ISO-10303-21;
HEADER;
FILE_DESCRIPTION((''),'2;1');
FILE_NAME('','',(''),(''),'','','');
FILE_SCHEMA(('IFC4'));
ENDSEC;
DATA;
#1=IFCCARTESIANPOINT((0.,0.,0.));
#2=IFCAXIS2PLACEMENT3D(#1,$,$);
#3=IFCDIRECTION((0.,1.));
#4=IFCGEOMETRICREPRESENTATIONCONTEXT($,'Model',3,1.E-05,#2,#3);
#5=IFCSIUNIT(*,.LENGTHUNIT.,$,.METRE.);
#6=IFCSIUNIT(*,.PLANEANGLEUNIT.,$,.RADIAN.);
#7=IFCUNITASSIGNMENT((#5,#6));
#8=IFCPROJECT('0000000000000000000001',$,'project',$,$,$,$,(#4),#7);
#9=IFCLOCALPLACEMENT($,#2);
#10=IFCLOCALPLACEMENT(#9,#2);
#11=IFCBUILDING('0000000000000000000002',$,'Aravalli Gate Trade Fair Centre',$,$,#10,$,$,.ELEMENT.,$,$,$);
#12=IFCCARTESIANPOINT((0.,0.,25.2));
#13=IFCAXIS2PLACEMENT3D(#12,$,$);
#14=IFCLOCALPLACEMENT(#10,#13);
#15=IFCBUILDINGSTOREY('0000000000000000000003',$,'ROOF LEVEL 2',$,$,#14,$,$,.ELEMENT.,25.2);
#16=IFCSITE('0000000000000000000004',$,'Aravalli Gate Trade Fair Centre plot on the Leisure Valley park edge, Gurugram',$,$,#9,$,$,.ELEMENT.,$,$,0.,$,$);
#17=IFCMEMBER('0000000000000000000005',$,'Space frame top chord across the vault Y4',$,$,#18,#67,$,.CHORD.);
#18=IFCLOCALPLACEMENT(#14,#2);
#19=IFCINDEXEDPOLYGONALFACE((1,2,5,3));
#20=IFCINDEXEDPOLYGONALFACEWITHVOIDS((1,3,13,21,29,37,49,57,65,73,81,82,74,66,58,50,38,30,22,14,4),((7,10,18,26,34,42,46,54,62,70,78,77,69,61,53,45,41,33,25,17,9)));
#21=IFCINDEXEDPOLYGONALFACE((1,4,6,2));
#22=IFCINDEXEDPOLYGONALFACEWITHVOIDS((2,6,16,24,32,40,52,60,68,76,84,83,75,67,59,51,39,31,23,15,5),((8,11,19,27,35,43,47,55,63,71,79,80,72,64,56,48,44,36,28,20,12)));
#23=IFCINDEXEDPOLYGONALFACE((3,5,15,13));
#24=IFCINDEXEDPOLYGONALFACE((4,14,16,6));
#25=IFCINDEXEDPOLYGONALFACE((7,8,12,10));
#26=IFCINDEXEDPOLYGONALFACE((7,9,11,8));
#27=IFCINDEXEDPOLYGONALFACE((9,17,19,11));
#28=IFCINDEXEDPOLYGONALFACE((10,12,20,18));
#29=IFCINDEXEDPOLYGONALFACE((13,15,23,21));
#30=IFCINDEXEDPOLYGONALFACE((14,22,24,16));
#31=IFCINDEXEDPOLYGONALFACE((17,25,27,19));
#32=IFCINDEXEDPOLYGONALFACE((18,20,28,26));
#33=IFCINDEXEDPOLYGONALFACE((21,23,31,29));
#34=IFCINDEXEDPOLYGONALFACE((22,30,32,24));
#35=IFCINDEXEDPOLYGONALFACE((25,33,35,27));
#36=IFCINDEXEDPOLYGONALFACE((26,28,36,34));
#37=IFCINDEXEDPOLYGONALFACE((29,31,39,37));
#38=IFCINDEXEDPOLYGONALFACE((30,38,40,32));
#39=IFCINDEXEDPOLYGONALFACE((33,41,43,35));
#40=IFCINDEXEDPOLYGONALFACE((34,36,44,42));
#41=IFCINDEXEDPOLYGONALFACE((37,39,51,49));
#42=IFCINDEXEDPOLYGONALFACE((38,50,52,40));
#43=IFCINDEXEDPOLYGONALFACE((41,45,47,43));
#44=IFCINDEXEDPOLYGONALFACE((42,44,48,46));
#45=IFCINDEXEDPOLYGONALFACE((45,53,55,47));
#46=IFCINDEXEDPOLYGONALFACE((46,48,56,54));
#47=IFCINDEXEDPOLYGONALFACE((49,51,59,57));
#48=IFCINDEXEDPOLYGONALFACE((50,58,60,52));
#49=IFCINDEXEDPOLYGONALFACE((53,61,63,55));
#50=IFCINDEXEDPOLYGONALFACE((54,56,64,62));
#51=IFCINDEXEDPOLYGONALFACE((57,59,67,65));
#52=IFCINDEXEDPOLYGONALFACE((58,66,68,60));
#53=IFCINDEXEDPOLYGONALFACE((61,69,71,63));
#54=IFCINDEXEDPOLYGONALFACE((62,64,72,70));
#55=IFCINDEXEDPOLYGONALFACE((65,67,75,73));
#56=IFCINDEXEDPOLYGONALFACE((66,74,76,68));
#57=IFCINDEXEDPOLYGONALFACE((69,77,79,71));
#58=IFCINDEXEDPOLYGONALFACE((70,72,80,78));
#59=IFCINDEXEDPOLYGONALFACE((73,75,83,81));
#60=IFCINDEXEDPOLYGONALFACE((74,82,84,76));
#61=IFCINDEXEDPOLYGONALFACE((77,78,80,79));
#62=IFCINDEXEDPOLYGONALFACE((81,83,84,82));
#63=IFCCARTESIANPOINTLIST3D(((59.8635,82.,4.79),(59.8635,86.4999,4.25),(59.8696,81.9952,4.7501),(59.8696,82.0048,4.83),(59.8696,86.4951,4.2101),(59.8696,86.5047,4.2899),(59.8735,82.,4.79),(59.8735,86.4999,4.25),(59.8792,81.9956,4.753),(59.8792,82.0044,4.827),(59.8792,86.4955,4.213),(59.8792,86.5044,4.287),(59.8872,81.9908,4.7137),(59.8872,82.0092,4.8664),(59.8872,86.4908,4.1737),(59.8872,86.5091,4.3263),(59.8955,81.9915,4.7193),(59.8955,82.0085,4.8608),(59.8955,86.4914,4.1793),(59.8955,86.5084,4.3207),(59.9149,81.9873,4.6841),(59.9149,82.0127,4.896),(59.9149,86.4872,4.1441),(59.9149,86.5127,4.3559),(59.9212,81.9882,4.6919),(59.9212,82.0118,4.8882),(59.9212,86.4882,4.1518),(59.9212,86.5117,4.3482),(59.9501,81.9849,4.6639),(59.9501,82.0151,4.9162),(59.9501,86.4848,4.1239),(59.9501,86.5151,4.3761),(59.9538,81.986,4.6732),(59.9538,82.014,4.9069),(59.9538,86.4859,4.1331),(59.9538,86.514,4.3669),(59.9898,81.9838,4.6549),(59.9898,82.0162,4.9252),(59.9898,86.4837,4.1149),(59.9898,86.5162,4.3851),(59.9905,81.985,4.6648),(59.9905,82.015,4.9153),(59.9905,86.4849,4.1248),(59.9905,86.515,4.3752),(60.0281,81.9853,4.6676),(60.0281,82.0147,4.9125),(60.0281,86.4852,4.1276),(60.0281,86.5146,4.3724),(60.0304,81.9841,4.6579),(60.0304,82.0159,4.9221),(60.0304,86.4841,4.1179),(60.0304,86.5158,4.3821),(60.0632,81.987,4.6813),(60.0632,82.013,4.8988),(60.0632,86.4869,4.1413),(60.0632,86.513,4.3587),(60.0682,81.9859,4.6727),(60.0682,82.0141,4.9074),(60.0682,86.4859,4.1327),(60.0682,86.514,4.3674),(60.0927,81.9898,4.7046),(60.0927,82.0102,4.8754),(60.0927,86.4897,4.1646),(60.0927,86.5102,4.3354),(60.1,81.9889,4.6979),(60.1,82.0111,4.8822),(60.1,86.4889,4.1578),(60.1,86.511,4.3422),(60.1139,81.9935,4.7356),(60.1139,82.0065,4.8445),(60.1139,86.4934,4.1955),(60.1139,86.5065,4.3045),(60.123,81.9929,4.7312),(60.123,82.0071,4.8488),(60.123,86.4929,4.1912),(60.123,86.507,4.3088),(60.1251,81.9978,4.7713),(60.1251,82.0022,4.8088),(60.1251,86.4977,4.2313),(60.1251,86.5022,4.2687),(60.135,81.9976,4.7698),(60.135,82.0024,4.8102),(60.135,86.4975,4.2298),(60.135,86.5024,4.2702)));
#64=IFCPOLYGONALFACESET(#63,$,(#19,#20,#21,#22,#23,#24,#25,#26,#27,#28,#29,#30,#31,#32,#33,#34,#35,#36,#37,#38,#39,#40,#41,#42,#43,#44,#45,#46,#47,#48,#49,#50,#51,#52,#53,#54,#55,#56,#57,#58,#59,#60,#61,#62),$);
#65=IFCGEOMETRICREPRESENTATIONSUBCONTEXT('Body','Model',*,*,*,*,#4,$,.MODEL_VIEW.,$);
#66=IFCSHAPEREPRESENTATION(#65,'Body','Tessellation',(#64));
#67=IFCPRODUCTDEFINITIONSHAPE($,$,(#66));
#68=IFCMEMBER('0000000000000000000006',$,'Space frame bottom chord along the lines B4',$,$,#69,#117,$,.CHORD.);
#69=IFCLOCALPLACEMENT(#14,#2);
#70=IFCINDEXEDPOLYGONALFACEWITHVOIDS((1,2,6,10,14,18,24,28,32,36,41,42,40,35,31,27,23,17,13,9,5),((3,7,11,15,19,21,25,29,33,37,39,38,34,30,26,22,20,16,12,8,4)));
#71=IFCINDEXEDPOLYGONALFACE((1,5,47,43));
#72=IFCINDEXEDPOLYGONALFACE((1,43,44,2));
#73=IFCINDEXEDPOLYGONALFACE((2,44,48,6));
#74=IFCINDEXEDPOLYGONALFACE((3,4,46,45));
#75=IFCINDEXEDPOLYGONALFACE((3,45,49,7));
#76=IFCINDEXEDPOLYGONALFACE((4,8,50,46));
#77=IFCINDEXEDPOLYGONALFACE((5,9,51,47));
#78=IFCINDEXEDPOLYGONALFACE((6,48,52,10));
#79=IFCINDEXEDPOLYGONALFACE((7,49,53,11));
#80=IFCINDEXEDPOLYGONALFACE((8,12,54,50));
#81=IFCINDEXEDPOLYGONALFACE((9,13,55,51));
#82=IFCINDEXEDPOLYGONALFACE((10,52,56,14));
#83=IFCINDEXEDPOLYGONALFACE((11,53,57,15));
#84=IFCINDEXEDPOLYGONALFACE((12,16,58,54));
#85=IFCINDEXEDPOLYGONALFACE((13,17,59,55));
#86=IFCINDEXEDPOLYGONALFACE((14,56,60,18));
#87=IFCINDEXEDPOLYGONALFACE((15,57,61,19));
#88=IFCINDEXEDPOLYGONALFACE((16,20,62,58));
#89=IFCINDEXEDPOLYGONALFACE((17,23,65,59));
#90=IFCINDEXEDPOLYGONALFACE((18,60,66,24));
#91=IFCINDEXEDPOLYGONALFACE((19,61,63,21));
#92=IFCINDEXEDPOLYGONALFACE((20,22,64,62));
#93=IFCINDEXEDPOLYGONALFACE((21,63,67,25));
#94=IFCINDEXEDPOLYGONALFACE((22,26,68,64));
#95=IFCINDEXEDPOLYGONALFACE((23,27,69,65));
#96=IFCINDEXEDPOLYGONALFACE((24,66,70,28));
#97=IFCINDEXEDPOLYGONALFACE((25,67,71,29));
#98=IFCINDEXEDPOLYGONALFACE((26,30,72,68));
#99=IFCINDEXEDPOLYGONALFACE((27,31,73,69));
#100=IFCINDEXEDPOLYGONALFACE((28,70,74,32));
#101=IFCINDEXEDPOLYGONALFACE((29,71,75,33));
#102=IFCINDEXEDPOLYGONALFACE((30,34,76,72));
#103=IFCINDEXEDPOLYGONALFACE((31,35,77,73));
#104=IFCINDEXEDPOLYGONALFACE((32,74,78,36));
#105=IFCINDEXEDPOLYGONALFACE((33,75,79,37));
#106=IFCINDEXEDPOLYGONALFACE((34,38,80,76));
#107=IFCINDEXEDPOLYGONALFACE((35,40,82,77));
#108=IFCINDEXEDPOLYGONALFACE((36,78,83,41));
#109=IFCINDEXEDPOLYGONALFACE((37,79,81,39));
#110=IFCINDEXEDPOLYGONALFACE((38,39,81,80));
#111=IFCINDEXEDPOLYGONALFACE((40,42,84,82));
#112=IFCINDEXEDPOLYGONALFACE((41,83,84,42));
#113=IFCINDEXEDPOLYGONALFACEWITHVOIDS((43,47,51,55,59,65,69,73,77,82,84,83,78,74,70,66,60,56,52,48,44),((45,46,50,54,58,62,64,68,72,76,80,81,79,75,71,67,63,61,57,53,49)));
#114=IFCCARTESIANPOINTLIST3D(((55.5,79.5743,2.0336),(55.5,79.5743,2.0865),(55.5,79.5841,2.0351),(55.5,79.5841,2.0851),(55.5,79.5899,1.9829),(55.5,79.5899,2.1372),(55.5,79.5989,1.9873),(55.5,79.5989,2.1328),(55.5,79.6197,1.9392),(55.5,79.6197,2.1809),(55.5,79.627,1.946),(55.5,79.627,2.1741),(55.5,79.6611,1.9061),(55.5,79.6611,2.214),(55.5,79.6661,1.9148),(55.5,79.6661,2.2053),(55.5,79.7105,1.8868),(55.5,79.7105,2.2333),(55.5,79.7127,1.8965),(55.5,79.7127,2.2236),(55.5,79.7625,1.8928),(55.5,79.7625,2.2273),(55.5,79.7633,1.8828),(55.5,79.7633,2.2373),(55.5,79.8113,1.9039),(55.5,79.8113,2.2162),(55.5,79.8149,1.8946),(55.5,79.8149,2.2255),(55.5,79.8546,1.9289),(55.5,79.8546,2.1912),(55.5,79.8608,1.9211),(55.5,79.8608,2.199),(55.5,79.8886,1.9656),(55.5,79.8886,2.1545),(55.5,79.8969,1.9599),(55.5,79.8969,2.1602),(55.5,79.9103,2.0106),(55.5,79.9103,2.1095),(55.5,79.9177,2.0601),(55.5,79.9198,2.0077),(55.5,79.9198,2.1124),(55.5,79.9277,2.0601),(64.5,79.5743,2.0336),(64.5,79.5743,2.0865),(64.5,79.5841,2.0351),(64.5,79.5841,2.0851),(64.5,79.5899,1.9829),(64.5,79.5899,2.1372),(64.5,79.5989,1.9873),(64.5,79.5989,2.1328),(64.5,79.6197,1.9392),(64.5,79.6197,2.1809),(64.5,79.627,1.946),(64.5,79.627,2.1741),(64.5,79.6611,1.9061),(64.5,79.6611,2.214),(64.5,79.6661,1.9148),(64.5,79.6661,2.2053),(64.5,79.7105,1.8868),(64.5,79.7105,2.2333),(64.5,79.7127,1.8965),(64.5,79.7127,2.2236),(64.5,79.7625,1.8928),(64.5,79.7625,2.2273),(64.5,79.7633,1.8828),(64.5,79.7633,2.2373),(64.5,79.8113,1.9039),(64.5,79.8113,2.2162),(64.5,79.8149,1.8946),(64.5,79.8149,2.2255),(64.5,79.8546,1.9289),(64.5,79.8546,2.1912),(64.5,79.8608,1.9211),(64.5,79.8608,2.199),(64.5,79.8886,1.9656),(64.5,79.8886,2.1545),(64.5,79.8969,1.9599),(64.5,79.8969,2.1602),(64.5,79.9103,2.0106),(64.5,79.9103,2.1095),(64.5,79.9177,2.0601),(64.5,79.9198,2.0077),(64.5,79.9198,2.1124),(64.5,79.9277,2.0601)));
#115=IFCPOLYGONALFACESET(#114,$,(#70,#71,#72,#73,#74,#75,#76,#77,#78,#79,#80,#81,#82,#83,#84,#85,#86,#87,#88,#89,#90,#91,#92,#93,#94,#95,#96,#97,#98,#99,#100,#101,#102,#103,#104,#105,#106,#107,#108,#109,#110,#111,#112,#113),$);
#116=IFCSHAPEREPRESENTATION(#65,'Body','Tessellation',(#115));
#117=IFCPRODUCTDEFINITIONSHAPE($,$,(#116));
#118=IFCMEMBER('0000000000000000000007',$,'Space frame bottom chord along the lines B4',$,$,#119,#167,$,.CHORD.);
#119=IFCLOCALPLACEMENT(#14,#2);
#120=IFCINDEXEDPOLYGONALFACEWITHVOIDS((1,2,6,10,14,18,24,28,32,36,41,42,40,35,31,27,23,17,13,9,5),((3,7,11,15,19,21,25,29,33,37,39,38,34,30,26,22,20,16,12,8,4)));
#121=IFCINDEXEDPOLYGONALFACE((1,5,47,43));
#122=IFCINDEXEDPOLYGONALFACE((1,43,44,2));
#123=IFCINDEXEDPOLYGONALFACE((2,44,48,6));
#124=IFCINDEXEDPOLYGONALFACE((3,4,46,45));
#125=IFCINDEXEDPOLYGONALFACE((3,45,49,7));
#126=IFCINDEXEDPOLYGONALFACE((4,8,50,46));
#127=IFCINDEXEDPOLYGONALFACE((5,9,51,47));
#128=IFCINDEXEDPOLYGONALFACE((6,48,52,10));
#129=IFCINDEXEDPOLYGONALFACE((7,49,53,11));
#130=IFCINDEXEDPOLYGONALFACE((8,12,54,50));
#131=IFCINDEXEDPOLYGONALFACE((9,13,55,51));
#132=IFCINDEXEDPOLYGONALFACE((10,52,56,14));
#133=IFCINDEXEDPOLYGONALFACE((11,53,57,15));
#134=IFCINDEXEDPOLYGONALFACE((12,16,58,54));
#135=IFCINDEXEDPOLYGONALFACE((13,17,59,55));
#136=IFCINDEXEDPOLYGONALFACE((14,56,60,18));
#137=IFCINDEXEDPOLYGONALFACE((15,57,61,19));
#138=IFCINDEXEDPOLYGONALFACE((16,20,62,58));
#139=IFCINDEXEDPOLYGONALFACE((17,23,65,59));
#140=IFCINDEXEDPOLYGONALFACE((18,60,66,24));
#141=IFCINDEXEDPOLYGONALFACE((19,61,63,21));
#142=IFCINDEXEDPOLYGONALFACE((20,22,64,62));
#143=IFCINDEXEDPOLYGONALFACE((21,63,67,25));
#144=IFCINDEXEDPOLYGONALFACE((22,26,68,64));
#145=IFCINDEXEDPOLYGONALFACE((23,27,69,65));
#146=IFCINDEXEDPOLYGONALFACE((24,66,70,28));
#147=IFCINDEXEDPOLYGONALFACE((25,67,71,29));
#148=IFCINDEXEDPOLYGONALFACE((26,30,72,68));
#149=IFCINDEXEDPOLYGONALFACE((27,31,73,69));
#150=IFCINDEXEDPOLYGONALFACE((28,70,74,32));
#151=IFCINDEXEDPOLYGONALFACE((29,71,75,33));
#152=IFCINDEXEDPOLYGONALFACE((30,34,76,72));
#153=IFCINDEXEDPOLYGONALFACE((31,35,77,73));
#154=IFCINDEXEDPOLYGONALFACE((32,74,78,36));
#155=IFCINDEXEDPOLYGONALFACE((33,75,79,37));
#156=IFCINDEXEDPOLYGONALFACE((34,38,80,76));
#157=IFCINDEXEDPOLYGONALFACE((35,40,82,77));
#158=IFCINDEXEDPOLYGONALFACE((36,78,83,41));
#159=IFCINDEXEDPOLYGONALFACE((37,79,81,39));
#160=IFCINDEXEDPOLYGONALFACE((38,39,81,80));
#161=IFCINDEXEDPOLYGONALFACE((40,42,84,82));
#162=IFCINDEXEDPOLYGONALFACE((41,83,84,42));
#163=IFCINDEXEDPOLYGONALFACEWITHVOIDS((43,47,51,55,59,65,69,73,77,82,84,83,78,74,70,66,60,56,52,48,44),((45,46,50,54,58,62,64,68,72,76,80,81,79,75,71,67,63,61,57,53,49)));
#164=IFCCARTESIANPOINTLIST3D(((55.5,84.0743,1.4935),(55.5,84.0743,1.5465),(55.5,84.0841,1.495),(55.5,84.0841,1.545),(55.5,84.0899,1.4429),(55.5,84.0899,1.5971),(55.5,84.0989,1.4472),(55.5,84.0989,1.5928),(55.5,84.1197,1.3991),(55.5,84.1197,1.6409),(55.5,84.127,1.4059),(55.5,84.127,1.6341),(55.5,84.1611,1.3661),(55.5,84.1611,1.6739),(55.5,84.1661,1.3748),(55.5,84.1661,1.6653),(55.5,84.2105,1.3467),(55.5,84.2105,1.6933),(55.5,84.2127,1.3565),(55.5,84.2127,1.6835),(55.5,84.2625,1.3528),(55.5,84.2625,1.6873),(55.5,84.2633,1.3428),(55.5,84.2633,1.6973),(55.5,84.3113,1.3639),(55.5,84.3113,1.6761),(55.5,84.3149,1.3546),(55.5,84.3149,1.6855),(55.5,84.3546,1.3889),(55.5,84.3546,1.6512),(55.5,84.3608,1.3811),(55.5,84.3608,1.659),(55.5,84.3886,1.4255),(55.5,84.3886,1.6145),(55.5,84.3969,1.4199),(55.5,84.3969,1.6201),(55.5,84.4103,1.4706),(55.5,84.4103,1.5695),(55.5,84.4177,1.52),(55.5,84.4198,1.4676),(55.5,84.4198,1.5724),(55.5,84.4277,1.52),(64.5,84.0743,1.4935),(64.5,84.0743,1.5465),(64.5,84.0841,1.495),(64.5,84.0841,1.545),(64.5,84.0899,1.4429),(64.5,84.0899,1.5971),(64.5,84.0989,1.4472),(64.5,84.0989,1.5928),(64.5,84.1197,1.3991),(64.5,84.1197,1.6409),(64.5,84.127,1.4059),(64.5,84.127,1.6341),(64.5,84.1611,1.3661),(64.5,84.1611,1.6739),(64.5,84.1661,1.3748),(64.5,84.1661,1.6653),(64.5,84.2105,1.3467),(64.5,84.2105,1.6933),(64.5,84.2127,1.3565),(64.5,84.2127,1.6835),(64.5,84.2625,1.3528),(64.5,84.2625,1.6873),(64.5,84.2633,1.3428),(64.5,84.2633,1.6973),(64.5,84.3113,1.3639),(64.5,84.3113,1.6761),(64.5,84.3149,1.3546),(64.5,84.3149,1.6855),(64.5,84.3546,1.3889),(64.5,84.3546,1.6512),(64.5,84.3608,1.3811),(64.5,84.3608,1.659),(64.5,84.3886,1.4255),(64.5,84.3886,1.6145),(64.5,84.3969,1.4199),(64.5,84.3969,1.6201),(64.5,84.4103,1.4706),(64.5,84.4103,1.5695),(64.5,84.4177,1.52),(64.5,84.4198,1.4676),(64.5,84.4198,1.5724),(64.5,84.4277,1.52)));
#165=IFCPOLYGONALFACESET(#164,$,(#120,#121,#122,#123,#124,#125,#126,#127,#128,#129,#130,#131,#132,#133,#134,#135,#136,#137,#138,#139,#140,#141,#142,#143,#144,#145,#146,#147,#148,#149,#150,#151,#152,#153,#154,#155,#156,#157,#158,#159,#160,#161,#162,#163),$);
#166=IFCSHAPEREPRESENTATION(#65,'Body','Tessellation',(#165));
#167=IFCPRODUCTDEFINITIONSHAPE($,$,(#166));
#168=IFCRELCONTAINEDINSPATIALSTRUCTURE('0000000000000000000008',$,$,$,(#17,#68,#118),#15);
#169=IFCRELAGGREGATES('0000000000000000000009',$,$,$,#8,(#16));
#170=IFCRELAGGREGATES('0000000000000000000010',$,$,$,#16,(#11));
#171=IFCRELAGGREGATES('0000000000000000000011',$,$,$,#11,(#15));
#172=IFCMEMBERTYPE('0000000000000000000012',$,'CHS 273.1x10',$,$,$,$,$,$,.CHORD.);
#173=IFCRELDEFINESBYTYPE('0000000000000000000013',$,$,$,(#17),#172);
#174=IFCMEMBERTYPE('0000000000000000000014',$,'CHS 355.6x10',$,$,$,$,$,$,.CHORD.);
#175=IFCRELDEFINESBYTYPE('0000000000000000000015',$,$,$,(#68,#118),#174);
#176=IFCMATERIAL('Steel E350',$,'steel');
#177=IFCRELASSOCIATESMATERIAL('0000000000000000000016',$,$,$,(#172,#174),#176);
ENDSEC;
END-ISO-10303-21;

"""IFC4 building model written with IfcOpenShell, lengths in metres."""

from ifc_helpers import new_model, si_unit, direction, frame, origin, origin_2d, place, context, subcontext, project, spatial, hollow_circle, extrude, material, material_profile, profile_set, type_object, element, save


model = new_model("IFC4")

# Units and contexts
model_context = context("Model", 3, precision=1e-05, world=origin(), true_north=direction((0.0, 1.0)))
body_context = subcontext(model_context, "Body", "Model", "MODEL_VIEW")
ifc_project = project(units=[si_unit("LENGTHUNIT", "METRE"), si_unit("PLANEANGLEUNIT", "RADIAN")], contexts=[model_context])

# Site, building, storey
site_placement = place(None, origin())
site = spatial("IfcSite", under=ifc_project, at=site_placement, Name="Aravalli Gate Trade Fair Centre plot on the Leisure Valley park edge, Gurugram", CompositionType="ELEMENT", RefElevation=0.0)
building_placement = place(site_placement, origin())
building = spatial("IfcBuilding", under=site, at=building_placement, Name="Aravalli Gate Trade Fair Centre", CompositionType="ELEMENT")
storey_placement = place(building_placement, frame((0.0, 0.0, 25.2)))
storey = spatial("IfcBuildingStorey", under=building, at=storey_placement, Name="ROOF LEVEL 2", CompositionType="ELEMENT", Elevation=25.2)

# Members
ifc_material_1 = material(Name="Steel E350", Category="steel")
ifc_material_profile_1 = material_profile(ifc_material_1, hollow_circle(Radius=0.1365, WallThickness=0.01, at=origin_2d()), Name="CHS 273.1x10")
ifc_profile_set_1 = profile_set([ifc_material_profile_1], Name="Steel E350")
member_type_1 = type_object("IfcMemberType", Name="CHS 273.1x10", PredefinedType="CHORD", material=ifc_profile_set_1)
member_1_placement = place(storey_placement, frame((60.0, 82.0, 4.79), z_axis=(0.0, 0.992876, -0.119154), x_axis=(-1.0, 0.0, 0.0)))
element("IfcMember", 1, at=member_1_placement, inside=storey, type_object=member_type_1, Name="Space frame top chord across the vault Y4", PredefinedType="CHORD", context=body_context, shape_type="SweptSolid", body=[
    extrude(hollow_circle(Radius=0.1365, WallThickness=0.01, at=origin_2d()), origin(), (0.0, 0.0, 1.0), 4.5322),
])
ifc_material_profile_2 = material_profile(ifc_material_1, hollow_circle(Radius=0.1777, WallThickness=0.01, at=origin_2d()), Name="CHS 355.6x10")
ifc_profile_set_2 = profile_set([ifc_material_profile_2], Name="Steel E350")
member_type_2 = type_object("IfcMemberType", Name="CHS 355.6x10", PredefinedType="CHORD", material=ifc_profile_set_2)
for number, where, z_axis, x_axis, name in (
    (2, (55.5, 79.75, 2.0601), (1.0, 0.0, 0.0), (0.0, 1.0, 0.0), "Space frame bottom chord along the lines B4"),
    (3, (55.5, 84.25, 1.52), (1.0, 0.0, 0.0), (0.0, 1.0, 0.0), "Space frame bottom chord along the lines B4"),
):
    element("IfcMember", number, at=place(storey_placement, frame(where, z_axis=z_axis, x_axis=x_axis)), inside=storey, type_object=member_type_2, Name=name, PredefinedType="CHORD", context=body_context, shape_type="SweptSolid", body=[
        extrude(hollow_circle(Radius=0.1777, WallThickness=0.01, at=origin_2d()), origin(), (0.0, 0.0, 1.0), 9.0),
    ])

save(model, "model.ifc")
